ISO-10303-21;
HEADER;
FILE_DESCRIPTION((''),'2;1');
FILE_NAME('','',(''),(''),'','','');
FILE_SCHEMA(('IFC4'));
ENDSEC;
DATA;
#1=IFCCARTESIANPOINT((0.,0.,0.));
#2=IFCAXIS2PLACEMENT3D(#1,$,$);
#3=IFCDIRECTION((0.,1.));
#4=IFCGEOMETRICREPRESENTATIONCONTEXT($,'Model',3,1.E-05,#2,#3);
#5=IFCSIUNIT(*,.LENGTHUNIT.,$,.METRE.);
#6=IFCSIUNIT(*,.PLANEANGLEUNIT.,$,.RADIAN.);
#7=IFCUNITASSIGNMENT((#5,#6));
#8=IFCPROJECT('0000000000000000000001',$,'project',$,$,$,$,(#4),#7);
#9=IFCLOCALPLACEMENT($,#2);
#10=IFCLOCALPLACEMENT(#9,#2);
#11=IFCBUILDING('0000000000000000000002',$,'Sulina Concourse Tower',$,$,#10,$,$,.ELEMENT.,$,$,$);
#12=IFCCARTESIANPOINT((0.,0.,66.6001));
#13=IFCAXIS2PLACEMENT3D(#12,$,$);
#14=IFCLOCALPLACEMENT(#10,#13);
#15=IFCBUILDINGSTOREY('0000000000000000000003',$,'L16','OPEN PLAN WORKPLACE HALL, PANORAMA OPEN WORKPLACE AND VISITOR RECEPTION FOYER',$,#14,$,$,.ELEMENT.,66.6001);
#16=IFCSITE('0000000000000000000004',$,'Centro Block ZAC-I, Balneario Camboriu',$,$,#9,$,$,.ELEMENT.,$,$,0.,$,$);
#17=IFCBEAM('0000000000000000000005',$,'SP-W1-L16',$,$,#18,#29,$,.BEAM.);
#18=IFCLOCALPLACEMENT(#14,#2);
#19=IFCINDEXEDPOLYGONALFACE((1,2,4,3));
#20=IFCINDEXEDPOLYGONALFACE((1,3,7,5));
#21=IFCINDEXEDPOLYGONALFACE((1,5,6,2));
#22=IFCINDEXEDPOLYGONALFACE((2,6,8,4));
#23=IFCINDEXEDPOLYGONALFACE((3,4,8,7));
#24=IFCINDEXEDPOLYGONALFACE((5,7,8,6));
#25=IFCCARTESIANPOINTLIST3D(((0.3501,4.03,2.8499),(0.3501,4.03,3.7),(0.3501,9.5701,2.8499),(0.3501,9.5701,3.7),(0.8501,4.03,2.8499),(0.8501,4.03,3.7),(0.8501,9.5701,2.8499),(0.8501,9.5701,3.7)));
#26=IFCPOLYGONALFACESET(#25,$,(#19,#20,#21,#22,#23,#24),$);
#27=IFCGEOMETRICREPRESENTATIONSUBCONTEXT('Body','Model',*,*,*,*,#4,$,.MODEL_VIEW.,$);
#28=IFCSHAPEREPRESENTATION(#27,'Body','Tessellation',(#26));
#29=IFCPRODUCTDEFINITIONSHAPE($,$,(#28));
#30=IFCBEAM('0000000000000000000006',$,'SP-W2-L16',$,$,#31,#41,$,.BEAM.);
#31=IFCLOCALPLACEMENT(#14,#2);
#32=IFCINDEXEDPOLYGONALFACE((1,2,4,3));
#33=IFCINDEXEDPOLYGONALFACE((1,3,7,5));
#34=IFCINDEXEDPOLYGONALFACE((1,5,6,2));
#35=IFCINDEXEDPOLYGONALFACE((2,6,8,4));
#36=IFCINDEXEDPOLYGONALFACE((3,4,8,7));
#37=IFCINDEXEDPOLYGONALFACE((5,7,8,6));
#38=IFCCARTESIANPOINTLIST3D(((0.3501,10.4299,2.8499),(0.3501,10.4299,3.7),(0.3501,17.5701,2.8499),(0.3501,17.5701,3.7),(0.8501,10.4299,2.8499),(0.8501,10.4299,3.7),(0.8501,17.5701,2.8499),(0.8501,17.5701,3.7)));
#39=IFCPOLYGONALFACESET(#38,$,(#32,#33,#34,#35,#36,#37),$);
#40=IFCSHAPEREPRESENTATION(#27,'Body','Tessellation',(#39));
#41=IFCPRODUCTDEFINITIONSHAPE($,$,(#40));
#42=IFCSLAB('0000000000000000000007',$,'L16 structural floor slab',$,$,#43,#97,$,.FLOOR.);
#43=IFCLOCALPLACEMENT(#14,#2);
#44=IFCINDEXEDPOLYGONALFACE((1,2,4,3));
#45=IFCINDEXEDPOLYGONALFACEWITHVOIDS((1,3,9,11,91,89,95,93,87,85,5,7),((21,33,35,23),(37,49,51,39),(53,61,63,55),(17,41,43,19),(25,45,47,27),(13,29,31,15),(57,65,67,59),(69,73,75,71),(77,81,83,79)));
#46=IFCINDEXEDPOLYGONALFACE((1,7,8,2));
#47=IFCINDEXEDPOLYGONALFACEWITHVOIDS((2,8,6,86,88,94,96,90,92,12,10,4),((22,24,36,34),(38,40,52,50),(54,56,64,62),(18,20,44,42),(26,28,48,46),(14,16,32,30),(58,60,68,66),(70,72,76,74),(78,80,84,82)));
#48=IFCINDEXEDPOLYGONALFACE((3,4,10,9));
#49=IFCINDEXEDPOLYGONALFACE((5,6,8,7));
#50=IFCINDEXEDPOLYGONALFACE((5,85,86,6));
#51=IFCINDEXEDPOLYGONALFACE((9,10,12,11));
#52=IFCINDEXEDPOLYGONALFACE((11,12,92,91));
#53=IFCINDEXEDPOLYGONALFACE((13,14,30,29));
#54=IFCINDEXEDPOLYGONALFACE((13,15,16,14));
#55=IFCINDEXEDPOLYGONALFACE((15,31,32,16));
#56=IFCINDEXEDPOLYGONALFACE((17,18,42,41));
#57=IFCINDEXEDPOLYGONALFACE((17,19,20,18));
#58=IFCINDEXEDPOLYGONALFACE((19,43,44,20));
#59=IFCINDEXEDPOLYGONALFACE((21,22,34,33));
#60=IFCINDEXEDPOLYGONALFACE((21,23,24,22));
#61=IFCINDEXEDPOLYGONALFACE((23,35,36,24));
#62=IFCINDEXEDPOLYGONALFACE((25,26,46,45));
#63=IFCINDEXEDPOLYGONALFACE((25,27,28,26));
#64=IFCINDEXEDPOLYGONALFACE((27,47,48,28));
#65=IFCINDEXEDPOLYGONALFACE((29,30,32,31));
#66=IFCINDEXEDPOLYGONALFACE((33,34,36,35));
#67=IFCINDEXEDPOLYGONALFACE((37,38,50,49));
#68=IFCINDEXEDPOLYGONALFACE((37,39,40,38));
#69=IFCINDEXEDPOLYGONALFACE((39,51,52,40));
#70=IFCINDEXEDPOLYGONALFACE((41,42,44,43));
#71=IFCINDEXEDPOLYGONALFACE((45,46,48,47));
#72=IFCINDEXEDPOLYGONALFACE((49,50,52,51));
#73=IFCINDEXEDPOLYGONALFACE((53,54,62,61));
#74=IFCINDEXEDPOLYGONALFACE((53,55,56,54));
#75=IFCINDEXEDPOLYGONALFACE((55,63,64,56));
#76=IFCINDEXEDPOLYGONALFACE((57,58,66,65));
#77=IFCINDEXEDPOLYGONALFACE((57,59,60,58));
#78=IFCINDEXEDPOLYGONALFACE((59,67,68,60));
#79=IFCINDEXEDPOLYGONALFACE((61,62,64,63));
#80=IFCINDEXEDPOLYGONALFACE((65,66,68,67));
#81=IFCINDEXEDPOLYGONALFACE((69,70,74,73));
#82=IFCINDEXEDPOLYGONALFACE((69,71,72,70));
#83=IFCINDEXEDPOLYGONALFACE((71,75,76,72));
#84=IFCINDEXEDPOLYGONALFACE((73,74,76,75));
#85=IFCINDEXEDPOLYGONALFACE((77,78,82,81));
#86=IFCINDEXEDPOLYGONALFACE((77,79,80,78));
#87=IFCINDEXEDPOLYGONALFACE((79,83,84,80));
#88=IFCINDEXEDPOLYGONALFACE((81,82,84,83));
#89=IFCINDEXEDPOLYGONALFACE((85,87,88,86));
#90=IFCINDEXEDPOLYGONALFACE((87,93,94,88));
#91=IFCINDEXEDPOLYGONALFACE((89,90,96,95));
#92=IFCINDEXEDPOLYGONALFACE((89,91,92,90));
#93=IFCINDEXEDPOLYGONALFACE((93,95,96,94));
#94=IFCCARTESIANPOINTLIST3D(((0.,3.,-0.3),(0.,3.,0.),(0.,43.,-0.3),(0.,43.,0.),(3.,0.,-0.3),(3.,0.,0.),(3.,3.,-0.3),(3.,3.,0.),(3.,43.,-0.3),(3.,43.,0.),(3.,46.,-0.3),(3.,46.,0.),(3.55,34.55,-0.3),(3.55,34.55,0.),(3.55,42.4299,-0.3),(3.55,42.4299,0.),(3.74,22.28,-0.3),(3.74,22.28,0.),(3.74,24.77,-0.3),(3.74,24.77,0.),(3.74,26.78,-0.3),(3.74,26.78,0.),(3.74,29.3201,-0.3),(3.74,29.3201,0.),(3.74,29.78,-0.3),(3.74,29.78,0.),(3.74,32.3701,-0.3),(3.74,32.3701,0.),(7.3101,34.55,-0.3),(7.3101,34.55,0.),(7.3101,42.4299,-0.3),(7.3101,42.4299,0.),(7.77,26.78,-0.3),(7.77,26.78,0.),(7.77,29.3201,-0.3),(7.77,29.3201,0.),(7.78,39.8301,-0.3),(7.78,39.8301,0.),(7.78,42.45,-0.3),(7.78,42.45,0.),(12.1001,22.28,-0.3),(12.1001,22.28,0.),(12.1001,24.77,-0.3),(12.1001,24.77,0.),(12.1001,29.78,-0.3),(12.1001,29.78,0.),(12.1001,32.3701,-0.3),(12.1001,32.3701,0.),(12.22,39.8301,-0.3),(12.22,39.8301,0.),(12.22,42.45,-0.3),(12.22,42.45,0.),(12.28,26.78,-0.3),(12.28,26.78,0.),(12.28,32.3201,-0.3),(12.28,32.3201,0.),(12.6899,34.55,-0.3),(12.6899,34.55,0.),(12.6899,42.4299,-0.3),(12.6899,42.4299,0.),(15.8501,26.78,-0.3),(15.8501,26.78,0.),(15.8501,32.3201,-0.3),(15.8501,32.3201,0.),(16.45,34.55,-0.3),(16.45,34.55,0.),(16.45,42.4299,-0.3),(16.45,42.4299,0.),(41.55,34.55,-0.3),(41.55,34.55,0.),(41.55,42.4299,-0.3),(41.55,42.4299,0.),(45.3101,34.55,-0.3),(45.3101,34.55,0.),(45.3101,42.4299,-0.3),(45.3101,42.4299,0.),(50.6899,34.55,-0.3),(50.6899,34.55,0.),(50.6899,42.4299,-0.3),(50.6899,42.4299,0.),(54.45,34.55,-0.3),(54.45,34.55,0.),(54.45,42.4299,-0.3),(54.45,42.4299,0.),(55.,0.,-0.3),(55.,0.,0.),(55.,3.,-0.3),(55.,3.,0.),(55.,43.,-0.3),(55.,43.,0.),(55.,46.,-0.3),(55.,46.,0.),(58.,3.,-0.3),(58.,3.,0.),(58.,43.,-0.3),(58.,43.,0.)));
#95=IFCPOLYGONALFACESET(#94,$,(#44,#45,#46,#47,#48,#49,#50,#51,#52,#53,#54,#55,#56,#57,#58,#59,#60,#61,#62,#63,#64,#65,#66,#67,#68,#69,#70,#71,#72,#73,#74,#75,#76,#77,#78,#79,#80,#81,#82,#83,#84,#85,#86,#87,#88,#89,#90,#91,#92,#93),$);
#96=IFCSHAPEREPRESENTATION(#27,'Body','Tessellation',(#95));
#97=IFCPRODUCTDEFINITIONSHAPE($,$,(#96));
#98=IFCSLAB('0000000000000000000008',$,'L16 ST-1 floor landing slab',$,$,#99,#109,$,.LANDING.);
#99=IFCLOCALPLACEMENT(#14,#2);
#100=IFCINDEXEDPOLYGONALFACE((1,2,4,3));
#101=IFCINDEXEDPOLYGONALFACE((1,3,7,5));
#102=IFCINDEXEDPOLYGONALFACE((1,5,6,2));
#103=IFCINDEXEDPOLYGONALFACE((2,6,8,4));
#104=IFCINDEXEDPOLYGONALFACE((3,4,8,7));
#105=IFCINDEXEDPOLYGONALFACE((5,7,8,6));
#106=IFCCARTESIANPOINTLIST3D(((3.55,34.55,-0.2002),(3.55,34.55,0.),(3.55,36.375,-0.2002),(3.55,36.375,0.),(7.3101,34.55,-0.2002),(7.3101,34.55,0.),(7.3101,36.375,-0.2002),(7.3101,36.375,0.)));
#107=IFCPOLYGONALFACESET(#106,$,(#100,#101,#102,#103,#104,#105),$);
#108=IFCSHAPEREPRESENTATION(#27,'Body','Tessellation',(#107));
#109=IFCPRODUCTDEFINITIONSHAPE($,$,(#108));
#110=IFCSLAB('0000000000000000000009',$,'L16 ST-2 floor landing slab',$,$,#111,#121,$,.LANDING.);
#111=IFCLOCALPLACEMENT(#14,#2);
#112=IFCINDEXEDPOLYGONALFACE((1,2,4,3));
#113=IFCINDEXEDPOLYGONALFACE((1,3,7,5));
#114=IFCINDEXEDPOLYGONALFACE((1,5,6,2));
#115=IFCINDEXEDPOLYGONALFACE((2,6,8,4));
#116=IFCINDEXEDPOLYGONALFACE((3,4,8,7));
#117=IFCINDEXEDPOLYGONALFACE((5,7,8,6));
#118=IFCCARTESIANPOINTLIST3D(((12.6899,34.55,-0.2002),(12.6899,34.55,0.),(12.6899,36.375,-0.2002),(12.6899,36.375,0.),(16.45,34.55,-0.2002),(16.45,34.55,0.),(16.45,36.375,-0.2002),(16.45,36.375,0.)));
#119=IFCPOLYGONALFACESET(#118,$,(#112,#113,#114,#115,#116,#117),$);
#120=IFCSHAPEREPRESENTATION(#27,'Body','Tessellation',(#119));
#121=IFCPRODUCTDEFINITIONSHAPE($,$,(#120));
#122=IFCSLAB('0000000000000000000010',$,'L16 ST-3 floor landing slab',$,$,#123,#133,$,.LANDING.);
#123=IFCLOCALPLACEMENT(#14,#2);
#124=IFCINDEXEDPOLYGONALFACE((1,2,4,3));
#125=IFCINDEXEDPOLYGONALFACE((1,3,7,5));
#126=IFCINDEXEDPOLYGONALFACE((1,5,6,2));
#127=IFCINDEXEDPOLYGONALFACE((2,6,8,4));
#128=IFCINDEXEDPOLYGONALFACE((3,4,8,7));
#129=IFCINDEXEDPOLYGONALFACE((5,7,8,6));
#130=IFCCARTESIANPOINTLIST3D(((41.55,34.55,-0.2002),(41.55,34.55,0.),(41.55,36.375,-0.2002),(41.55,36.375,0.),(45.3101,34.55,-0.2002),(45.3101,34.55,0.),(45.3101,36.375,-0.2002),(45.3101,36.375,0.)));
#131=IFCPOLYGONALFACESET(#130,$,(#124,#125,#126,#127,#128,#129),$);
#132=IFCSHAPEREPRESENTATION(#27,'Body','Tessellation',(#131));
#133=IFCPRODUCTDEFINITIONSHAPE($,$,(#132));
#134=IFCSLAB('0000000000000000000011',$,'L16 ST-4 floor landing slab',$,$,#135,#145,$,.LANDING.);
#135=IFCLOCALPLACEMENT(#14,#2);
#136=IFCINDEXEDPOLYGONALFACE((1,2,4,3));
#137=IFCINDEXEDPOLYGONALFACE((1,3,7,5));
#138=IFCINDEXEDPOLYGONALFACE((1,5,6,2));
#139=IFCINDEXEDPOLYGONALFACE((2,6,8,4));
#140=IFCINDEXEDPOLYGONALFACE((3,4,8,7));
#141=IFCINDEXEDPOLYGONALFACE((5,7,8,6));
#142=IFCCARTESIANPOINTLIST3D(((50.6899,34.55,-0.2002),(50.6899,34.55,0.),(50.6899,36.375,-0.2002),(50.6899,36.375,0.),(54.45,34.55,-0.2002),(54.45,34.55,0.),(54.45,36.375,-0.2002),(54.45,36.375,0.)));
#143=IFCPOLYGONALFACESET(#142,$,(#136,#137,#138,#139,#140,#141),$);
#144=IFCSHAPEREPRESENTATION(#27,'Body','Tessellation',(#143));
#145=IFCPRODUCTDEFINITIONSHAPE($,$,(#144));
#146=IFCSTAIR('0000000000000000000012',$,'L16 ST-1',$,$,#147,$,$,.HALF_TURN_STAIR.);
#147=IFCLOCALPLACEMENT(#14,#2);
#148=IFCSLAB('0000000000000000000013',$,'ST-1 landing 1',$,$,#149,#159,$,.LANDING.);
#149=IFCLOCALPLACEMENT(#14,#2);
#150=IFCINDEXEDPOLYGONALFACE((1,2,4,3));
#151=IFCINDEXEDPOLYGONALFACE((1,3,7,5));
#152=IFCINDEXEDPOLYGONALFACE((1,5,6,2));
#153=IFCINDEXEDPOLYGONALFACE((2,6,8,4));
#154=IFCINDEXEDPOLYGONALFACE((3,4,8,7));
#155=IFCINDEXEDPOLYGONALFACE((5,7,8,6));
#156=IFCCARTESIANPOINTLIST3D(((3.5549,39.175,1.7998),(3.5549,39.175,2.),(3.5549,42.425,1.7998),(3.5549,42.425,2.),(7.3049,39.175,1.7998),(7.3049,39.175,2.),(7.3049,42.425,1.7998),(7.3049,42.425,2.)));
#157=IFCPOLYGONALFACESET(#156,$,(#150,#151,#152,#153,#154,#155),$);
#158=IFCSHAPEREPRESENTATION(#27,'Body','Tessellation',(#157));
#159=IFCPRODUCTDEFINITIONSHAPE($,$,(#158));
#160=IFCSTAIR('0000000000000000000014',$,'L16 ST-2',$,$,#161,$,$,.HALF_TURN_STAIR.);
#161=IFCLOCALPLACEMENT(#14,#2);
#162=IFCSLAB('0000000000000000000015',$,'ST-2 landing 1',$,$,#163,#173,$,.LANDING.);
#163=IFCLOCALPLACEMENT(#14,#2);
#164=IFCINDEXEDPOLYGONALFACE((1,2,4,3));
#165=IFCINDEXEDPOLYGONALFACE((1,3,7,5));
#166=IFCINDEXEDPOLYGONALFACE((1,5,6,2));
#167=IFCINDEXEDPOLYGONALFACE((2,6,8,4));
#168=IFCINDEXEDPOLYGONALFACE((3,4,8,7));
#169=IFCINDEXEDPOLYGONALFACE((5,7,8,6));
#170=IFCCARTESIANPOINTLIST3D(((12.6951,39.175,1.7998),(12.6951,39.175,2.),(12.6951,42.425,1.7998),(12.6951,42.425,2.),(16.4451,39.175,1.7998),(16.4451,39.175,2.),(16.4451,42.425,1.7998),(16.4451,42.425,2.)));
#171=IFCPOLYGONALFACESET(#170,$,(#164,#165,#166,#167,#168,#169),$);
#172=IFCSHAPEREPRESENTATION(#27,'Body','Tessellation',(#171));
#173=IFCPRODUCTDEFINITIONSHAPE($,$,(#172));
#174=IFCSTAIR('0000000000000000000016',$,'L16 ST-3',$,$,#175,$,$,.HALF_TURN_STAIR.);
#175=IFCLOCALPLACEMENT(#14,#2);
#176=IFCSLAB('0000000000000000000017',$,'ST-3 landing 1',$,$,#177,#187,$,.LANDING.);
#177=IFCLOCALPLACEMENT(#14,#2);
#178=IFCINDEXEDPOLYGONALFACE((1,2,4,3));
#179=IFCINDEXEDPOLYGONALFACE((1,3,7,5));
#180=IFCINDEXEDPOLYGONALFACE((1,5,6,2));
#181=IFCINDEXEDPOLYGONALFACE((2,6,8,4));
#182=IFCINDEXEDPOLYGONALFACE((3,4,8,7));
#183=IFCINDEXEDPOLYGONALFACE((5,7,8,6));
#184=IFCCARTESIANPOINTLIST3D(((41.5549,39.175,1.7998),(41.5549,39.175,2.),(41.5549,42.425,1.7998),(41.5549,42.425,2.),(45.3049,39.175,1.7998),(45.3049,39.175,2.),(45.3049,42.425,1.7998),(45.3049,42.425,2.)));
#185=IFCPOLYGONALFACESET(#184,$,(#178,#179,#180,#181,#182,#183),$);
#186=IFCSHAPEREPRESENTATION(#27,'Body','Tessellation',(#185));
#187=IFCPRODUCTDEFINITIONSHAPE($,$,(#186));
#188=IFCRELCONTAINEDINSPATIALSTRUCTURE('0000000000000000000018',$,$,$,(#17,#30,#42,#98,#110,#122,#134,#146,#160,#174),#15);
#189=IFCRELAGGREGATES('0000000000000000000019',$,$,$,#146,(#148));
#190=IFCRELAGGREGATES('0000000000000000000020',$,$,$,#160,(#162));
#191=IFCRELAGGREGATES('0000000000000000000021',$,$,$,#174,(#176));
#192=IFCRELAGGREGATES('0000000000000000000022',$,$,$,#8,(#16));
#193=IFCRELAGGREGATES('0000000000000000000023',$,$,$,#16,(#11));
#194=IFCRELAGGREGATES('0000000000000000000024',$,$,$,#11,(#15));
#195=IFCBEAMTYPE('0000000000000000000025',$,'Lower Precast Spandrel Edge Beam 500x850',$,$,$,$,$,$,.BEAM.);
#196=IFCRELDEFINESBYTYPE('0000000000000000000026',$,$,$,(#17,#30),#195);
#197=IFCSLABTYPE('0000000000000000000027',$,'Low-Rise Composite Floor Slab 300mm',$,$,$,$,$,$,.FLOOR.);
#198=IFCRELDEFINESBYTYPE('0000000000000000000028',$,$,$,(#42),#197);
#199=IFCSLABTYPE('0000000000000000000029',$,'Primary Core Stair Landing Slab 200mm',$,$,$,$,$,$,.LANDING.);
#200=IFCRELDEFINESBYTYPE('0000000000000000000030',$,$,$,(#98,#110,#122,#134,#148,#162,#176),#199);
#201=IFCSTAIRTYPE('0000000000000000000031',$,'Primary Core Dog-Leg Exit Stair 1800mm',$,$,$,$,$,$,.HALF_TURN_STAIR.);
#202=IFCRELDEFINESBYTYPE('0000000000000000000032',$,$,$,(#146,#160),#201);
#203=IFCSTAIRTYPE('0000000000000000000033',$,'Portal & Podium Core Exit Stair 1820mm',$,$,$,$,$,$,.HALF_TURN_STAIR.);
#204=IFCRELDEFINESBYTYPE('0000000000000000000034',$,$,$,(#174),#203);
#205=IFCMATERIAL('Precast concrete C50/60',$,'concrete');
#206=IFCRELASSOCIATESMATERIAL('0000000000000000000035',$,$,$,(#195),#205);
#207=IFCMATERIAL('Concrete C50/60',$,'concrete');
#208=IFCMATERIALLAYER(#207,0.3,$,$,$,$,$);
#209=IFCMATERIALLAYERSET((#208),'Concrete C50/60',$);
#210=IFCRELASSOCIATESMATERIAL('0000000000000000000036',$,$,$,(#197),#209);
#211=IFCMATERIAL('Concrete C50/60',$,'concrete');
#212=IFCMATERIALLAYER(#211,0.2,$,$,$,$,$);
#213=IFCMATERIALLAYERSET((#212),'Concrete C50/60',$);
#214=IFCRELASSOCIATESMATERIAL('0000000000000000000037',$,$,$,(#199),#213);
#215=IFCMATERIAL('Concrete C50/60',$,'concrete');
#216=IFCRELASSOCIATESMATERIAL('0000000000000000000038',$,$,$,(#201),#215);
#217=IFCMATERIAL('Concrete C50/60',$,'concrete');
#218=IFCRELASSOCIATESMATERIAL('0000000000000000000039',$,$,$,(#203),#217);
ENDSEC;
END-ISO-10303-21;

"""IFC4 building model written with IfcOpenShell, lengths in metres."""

from ifc_helpers import new_model, si_unit, direction, frame, origin, origin_2d, place, context, subcontext, project, spatial, polyline, rectangle, outline, extrude, material, layer, layer_set, material_profile, profile_set, type_object, element, aggregate, save


model = new_model("IFC4")

# Units and contexts
model_context = context("Model", 3, precision=1e-05, world=origin(), true_north=direction((0.0, 1.0)))
body_context = subcontext(model_context, "Body", "Model", "MODEL_VIEW")
ifc_project = project(units=[si_unit("LENGTHUNIT", "METRE"), si_unit("PLANEANGLEUNIT", "RADIAN")], contexts=[model_context])

# Site, building, storey
site_placement = place(None, origin())
site = spatial("IfcSite", under=ifc_project, at=site_placement, Name="Centro Block ZAC-I, Balneario Camboriu", CompositionType="ELEMENT", RefElevation=0.0)
building_placement = place(site_placement, origin())
building = spatial("IfcBuilding", under=site, at=building_placement, Name="Sulina Concourse Tower", CompositionType="ELEMENT")
storey_placement = place(building_placement, frame((0.0, 0.0, 66.6001)))
storey = spatial("IfcBuildingStorey", under=building, at=storey_placement, Name="L16", Description="OPEN PLAN WORKPLACE HALL, PANORAMA OPEN WORKPLACE AND VISITOR RECEPTION FOYER", CompositionType="ELEMENT", Elevation=66.6001)

# Beams
ifc_material_1 = material(Name="Precast concrete C50/60", Category="concrete")
ifc_material_profile_1 = material_profile(ifc_material_1, rectangle(XDim=0.5, YDim=0.8501, at=origin_2d()), Name="RC 500x850")
ifc_profile_set_1 = profile_set([ifc_material_profile_1], Name="Precast concrete C50/60")
beam_type_1 = type_object("IfcBeamType", Name="Lower Precast Spandrel Edge Beam 500x850", PredefinedType="BEAM", material=ifc_profile_set_1)
beam_1_placement = place(storey_placement, frame((0.6001, 4.03, 3.2749), z_axis=(0.0, 1.0, 0.0), x_axis=(-1.0, 0.0, 0.0)))
element("IfcBeam", 1, at=beam_1_placement, inside=storey, type_object=beam_type_1, Name="SP-W1-L16", PredefinedType="BEAM", context=body_context, shape_type="SweptSolid", body=[
    extrude(rectangle(XDim=0.5, YDim=0.8501, at=origin_2d()), origin(), (0.0, 0.0, 1.0), 5.54),
])
beam_2_placement = place(storey_placement, frame((0.6001, 10.4299, 3.2749), z_axis=(0.0, 1.0, 0.0), x_axis=(-1.0, 0.0, 0.0)))
element("IfcBeam", 2, at=beam_2_placement, inside=storey, type_object=beam_type_1, Name="SP-W2-L16", PredefinedType="BEAM", context=body_context, shape_type="SweptSolid", body=[
    extrude(rectangle(XDim=0.5, YDim=0.8501, at=origin_2d()), origin(), (0.0, 0.0, 1.0), 7.1401),
])

# Slabs
ifc_material_2 = material(Name="Concrete C50/60", Category="concrete")
ifc_layer_1 = layer(ifc_material_2, 0.3)
ifc_layer_set_1 = layer_set([ifc_layer_1], Name="Concrete C50/60")
slab_type_1 = type_object("IfcSlabType", Name="Low-Rise Composite Floor Slab 300mm", PredefinedType="FLOOR", material=ifc_layer_set_1)
slab_1_placement = place(storey_placement, frame((0.0, 0.0, -0.3)))
element("IfcSlab", 3, at=slab_1_placement, inside=storey, type_object=slab_type_1, Name="L16 structural floor slab", PredefinedType="FLOOR", context=body_context, shape_type="SweptSolid", body=[
    extrude(outline(polyline([(3.0, 0.0), (55.0, 0.0), (55.0, 3.0), (58.0, 3.0), (58.0, 43.0), (55.0, 43.0), (55.0, 46.0), (3.0, 46.0), (3.0, 43.0), (0.0, 43.0), (0.0, 3.0), (3.0, 3.0), (3.0, 0.0)]), holes=[polyline([(7.3101, 34.55), (7.3101, 42.4299), (3.55, 42.4299), (3.55, 34.55), (7.3101, 34.55)]), polyline([(16.45, 34.55), (16.45, 42.4299), (12.6899, 42.4299), (12.6899, 34.55), (16.45, 34.55)]), polyline([(45.3101, 34.55), (45.3101, 42.4299), (41.55, 42.4299), (41.55, 34.55), (45.3101, 34.55)]), polyline([(54.45, 34.55), (54.45, 42.4299), (50.6899, 42.4299), (50.6899, 34.55), (54.45, 34.55)]), polyline([(7.78, 39.8301), (12.22, 39.8301), (12.22, 42.45), (7.78, 42.45), (7.78, 39.8301)]), polyline([(3.74, 26.78), (7.77, 26.78), (7.77, 29.3201), (3.74, 29.3201), (3.74, 26.78)]), polyline([(3.74, 29.78), (12.1001, 29.78), (12.1001, 32.3701), (3.74, 32.3701), (3.74, 29.78)]), polyline([(3.74, 22.28), (12.1001, 22.28), (12.1001, 24.77), (3.74, 24.77), (3.74, 22.28)]), polyline([(12.28, 26.78), (15.8501, 26.78), (15.8501, 32.3201), (12.28, 32.3201), (12.28, 26.78)])]), origin(), (0.0, 0.0, 1.0), 0.3),
])
ifc_material_3 = material(Name="Concrete C50/60", Category="concrete")
ifc_layer_2 = layer(ifc_material_3, 0.2)
ifc_layer_set_2 = layer_set([ifc_layer_2], Name="Concrete C50/60")
slab_type_2 = type_object("IfcSlabType", Name="Primary Core Stair Landing Slab 200mm", PredefinedType="LANDING", material=ifc_layer_set_2)
slab_2_placement = place(storey_placement, frame((0.0, 0.0, -0.2002)))
element("IfcSlab", 4, at=slab_2_placement, inside=storey, type_object=slab_type_2, Name="L16 ST-1 floor landing slab", PredefinedType="LANDING", context=body_context, shape_type="SweptSolid", body=[
    extrude(outline(polyline([(7.3101, 34.55), (7.3101, 36.375), (3.55, 36.375), (3.55, 34.55), (7.3101, 34.55)])), origin(), (0.0, 0.0, 1.0), 0.2002),
])
slab_3_placement = place(storey_placement, frame((0.0, 0.0, -0.2002)))
element("IfcSlab", 5, at=slab_3_placement, inside=storey, type_object=slab_type_2, Name="L16 ST-2 floor landing slab", PredefinedType="LANDING", context=body_context, shape_type="SweptSolid", body=[
    extrude(outline(polyline([(16.45, 34.55), (16.45, 36.375), (12.6899, 36.375), (12.6899, 34.55), (16.45, 34.55)])), origin(), (0.0, 0.0, 1.0), 0.2002),
])
slab_4_placement = place(storey_placement, frame((0.0, 0.0, -0.2002)))
element("IfcSlab", 6, at=slab_4_placement, inside=storey, type_object=slab_type_2, Name="L16 ST-3 floor landing slab", PredefinedType="LANDING", context=body_context, shape_type="SweptSolid", body=[
    extrude(outline(polyline([(45.3101, 34.55), (45.3101, 36.375), (41.55, 36.375), (41.55, 34.55), (45.3101, 34.55)])), origin(), (0.0, 0.0, 1.0), 0.2002),
])
slab_5_placement = place(storey_placement, frame((0.0, 0.0, -0.2002)))
element("IfcSlab", 7, at=slab_5_placement, inside=storey, type_object=slab_type_2, Name="L16 ST-4 floor landing slab", PredefinedType="LANDING", context=body_context, shape_type="SweptSolid", body=[
    extrude(outline(polyline([(54.45, 34.55), (54.45, 36.375), (50.6899, 36.375), (50.6899, 34.55), (54.45, 34.55)])), origin(), (0.0, 0.0, 1.0), 0.2002),
])

# Stairs, slabs
ifc_material_4 = material(Name="Concrete C50/60", Category="concrete")
stair_type_1 = type_object("IfcStairType", Name="Primary Core Dog-Leg Exit Stair 1800mm", PredefinedType="HALF_TURN_STAIR", material=ifc_material_4)
stair_1_placement = place(storey_placement, origin())
stair_1 = element("IfcStair", 8, at=stair_1_placement, inside=storey, type_object=stair_type_1, Name="L16 ST-1", PredefinedType="HALF_TURN_STAIR")
slab_6_placement = place(storey_placement, frame((0.0, 0.0, 1.7998)))
slab_6 = element("IfcSlab", 9, at=slab_6_placement, type_object=slab_type_2, Name="ST-1 landing 1", PredefinedType="LANDING", context=body_context, shape_type="SweptSolid", body=[
    extrude(outline(polyline([(7.3049, 39.175), (7.3049, 42.425), (3.5549, 42.425), (3.5549, 39.175), (7.3049, 39.175)])), origin(), (0.0, 0.0, 1.0), 0.2002),
])
aggregate(stair_1, [slab_6])
stair_2_placement = place(storey_placement, origin())
stair_2 = element("IfcStair", 10, at=stair_2_placement, inside=storey, type_object=stair_type_1, Name="L16 ST-2", PredefinedType="HALF_TURN_STAIR")
slab_7_placement = place(storey_placement, frame((0.0, 0.0, 1.7998)))
slab_7 = element("IfcSlab", 11, at=slab_7_placement, type_object=slab_type_2, Name="ST-2 landing 1", PredefinedType="LANDING", context=body_context, shape_type="SweptSolid", body=[
    extrude(outline(polyline([(16.4451, 39.175), (16.4451, 42.425), (12.6951, 42.425), (12.6951, 39.175), (16.4451, 39.175)])), origin(), (0.0, 0.0, 1.0), 0.2002),
])
aggregate(stair_2, [slab_7])
ifc_material_5 = material(Name="Concrete C50/60", Category="concrete")
stair_type_2 = type_object("IfcStairType", Name="Portal & Podium Core Exit Stair 1820mm", PredefinedType="HALF_TURN_STAIR", material=ifc_material_5)
stair_3_placement = place(storey_placement, origin())
stair_3 = element("IfcStair", 12, at=stair_3_placement, inside=storey, type_object=stair_type_2, Name="L16 ST-3", PredefinedType="HALF_TURN_STAIR")
slab_8_placement = place(storey_placement, frame((0.0, 0.0, 1.7998)))
slab_8 = element("IfcSlab", 13, at=slab_8_placement, type_object=slab_type_2, Name="ST-3 landing 1", PredefinedType="LANDING", context=body_context, shape_type="SweptSolid", body=[
    extrude(outline(polyline([(45.3049, 39.175), (45.3049, 42.425), (41.5549, 42.425), (41.5549, 39.175), (45.3049, 39.175)])), origin(), (0.0, 0.0, 1.0), 0.2002),
])
aggregate(stair_3, [slab_8])

save(model, "model.ifc")
